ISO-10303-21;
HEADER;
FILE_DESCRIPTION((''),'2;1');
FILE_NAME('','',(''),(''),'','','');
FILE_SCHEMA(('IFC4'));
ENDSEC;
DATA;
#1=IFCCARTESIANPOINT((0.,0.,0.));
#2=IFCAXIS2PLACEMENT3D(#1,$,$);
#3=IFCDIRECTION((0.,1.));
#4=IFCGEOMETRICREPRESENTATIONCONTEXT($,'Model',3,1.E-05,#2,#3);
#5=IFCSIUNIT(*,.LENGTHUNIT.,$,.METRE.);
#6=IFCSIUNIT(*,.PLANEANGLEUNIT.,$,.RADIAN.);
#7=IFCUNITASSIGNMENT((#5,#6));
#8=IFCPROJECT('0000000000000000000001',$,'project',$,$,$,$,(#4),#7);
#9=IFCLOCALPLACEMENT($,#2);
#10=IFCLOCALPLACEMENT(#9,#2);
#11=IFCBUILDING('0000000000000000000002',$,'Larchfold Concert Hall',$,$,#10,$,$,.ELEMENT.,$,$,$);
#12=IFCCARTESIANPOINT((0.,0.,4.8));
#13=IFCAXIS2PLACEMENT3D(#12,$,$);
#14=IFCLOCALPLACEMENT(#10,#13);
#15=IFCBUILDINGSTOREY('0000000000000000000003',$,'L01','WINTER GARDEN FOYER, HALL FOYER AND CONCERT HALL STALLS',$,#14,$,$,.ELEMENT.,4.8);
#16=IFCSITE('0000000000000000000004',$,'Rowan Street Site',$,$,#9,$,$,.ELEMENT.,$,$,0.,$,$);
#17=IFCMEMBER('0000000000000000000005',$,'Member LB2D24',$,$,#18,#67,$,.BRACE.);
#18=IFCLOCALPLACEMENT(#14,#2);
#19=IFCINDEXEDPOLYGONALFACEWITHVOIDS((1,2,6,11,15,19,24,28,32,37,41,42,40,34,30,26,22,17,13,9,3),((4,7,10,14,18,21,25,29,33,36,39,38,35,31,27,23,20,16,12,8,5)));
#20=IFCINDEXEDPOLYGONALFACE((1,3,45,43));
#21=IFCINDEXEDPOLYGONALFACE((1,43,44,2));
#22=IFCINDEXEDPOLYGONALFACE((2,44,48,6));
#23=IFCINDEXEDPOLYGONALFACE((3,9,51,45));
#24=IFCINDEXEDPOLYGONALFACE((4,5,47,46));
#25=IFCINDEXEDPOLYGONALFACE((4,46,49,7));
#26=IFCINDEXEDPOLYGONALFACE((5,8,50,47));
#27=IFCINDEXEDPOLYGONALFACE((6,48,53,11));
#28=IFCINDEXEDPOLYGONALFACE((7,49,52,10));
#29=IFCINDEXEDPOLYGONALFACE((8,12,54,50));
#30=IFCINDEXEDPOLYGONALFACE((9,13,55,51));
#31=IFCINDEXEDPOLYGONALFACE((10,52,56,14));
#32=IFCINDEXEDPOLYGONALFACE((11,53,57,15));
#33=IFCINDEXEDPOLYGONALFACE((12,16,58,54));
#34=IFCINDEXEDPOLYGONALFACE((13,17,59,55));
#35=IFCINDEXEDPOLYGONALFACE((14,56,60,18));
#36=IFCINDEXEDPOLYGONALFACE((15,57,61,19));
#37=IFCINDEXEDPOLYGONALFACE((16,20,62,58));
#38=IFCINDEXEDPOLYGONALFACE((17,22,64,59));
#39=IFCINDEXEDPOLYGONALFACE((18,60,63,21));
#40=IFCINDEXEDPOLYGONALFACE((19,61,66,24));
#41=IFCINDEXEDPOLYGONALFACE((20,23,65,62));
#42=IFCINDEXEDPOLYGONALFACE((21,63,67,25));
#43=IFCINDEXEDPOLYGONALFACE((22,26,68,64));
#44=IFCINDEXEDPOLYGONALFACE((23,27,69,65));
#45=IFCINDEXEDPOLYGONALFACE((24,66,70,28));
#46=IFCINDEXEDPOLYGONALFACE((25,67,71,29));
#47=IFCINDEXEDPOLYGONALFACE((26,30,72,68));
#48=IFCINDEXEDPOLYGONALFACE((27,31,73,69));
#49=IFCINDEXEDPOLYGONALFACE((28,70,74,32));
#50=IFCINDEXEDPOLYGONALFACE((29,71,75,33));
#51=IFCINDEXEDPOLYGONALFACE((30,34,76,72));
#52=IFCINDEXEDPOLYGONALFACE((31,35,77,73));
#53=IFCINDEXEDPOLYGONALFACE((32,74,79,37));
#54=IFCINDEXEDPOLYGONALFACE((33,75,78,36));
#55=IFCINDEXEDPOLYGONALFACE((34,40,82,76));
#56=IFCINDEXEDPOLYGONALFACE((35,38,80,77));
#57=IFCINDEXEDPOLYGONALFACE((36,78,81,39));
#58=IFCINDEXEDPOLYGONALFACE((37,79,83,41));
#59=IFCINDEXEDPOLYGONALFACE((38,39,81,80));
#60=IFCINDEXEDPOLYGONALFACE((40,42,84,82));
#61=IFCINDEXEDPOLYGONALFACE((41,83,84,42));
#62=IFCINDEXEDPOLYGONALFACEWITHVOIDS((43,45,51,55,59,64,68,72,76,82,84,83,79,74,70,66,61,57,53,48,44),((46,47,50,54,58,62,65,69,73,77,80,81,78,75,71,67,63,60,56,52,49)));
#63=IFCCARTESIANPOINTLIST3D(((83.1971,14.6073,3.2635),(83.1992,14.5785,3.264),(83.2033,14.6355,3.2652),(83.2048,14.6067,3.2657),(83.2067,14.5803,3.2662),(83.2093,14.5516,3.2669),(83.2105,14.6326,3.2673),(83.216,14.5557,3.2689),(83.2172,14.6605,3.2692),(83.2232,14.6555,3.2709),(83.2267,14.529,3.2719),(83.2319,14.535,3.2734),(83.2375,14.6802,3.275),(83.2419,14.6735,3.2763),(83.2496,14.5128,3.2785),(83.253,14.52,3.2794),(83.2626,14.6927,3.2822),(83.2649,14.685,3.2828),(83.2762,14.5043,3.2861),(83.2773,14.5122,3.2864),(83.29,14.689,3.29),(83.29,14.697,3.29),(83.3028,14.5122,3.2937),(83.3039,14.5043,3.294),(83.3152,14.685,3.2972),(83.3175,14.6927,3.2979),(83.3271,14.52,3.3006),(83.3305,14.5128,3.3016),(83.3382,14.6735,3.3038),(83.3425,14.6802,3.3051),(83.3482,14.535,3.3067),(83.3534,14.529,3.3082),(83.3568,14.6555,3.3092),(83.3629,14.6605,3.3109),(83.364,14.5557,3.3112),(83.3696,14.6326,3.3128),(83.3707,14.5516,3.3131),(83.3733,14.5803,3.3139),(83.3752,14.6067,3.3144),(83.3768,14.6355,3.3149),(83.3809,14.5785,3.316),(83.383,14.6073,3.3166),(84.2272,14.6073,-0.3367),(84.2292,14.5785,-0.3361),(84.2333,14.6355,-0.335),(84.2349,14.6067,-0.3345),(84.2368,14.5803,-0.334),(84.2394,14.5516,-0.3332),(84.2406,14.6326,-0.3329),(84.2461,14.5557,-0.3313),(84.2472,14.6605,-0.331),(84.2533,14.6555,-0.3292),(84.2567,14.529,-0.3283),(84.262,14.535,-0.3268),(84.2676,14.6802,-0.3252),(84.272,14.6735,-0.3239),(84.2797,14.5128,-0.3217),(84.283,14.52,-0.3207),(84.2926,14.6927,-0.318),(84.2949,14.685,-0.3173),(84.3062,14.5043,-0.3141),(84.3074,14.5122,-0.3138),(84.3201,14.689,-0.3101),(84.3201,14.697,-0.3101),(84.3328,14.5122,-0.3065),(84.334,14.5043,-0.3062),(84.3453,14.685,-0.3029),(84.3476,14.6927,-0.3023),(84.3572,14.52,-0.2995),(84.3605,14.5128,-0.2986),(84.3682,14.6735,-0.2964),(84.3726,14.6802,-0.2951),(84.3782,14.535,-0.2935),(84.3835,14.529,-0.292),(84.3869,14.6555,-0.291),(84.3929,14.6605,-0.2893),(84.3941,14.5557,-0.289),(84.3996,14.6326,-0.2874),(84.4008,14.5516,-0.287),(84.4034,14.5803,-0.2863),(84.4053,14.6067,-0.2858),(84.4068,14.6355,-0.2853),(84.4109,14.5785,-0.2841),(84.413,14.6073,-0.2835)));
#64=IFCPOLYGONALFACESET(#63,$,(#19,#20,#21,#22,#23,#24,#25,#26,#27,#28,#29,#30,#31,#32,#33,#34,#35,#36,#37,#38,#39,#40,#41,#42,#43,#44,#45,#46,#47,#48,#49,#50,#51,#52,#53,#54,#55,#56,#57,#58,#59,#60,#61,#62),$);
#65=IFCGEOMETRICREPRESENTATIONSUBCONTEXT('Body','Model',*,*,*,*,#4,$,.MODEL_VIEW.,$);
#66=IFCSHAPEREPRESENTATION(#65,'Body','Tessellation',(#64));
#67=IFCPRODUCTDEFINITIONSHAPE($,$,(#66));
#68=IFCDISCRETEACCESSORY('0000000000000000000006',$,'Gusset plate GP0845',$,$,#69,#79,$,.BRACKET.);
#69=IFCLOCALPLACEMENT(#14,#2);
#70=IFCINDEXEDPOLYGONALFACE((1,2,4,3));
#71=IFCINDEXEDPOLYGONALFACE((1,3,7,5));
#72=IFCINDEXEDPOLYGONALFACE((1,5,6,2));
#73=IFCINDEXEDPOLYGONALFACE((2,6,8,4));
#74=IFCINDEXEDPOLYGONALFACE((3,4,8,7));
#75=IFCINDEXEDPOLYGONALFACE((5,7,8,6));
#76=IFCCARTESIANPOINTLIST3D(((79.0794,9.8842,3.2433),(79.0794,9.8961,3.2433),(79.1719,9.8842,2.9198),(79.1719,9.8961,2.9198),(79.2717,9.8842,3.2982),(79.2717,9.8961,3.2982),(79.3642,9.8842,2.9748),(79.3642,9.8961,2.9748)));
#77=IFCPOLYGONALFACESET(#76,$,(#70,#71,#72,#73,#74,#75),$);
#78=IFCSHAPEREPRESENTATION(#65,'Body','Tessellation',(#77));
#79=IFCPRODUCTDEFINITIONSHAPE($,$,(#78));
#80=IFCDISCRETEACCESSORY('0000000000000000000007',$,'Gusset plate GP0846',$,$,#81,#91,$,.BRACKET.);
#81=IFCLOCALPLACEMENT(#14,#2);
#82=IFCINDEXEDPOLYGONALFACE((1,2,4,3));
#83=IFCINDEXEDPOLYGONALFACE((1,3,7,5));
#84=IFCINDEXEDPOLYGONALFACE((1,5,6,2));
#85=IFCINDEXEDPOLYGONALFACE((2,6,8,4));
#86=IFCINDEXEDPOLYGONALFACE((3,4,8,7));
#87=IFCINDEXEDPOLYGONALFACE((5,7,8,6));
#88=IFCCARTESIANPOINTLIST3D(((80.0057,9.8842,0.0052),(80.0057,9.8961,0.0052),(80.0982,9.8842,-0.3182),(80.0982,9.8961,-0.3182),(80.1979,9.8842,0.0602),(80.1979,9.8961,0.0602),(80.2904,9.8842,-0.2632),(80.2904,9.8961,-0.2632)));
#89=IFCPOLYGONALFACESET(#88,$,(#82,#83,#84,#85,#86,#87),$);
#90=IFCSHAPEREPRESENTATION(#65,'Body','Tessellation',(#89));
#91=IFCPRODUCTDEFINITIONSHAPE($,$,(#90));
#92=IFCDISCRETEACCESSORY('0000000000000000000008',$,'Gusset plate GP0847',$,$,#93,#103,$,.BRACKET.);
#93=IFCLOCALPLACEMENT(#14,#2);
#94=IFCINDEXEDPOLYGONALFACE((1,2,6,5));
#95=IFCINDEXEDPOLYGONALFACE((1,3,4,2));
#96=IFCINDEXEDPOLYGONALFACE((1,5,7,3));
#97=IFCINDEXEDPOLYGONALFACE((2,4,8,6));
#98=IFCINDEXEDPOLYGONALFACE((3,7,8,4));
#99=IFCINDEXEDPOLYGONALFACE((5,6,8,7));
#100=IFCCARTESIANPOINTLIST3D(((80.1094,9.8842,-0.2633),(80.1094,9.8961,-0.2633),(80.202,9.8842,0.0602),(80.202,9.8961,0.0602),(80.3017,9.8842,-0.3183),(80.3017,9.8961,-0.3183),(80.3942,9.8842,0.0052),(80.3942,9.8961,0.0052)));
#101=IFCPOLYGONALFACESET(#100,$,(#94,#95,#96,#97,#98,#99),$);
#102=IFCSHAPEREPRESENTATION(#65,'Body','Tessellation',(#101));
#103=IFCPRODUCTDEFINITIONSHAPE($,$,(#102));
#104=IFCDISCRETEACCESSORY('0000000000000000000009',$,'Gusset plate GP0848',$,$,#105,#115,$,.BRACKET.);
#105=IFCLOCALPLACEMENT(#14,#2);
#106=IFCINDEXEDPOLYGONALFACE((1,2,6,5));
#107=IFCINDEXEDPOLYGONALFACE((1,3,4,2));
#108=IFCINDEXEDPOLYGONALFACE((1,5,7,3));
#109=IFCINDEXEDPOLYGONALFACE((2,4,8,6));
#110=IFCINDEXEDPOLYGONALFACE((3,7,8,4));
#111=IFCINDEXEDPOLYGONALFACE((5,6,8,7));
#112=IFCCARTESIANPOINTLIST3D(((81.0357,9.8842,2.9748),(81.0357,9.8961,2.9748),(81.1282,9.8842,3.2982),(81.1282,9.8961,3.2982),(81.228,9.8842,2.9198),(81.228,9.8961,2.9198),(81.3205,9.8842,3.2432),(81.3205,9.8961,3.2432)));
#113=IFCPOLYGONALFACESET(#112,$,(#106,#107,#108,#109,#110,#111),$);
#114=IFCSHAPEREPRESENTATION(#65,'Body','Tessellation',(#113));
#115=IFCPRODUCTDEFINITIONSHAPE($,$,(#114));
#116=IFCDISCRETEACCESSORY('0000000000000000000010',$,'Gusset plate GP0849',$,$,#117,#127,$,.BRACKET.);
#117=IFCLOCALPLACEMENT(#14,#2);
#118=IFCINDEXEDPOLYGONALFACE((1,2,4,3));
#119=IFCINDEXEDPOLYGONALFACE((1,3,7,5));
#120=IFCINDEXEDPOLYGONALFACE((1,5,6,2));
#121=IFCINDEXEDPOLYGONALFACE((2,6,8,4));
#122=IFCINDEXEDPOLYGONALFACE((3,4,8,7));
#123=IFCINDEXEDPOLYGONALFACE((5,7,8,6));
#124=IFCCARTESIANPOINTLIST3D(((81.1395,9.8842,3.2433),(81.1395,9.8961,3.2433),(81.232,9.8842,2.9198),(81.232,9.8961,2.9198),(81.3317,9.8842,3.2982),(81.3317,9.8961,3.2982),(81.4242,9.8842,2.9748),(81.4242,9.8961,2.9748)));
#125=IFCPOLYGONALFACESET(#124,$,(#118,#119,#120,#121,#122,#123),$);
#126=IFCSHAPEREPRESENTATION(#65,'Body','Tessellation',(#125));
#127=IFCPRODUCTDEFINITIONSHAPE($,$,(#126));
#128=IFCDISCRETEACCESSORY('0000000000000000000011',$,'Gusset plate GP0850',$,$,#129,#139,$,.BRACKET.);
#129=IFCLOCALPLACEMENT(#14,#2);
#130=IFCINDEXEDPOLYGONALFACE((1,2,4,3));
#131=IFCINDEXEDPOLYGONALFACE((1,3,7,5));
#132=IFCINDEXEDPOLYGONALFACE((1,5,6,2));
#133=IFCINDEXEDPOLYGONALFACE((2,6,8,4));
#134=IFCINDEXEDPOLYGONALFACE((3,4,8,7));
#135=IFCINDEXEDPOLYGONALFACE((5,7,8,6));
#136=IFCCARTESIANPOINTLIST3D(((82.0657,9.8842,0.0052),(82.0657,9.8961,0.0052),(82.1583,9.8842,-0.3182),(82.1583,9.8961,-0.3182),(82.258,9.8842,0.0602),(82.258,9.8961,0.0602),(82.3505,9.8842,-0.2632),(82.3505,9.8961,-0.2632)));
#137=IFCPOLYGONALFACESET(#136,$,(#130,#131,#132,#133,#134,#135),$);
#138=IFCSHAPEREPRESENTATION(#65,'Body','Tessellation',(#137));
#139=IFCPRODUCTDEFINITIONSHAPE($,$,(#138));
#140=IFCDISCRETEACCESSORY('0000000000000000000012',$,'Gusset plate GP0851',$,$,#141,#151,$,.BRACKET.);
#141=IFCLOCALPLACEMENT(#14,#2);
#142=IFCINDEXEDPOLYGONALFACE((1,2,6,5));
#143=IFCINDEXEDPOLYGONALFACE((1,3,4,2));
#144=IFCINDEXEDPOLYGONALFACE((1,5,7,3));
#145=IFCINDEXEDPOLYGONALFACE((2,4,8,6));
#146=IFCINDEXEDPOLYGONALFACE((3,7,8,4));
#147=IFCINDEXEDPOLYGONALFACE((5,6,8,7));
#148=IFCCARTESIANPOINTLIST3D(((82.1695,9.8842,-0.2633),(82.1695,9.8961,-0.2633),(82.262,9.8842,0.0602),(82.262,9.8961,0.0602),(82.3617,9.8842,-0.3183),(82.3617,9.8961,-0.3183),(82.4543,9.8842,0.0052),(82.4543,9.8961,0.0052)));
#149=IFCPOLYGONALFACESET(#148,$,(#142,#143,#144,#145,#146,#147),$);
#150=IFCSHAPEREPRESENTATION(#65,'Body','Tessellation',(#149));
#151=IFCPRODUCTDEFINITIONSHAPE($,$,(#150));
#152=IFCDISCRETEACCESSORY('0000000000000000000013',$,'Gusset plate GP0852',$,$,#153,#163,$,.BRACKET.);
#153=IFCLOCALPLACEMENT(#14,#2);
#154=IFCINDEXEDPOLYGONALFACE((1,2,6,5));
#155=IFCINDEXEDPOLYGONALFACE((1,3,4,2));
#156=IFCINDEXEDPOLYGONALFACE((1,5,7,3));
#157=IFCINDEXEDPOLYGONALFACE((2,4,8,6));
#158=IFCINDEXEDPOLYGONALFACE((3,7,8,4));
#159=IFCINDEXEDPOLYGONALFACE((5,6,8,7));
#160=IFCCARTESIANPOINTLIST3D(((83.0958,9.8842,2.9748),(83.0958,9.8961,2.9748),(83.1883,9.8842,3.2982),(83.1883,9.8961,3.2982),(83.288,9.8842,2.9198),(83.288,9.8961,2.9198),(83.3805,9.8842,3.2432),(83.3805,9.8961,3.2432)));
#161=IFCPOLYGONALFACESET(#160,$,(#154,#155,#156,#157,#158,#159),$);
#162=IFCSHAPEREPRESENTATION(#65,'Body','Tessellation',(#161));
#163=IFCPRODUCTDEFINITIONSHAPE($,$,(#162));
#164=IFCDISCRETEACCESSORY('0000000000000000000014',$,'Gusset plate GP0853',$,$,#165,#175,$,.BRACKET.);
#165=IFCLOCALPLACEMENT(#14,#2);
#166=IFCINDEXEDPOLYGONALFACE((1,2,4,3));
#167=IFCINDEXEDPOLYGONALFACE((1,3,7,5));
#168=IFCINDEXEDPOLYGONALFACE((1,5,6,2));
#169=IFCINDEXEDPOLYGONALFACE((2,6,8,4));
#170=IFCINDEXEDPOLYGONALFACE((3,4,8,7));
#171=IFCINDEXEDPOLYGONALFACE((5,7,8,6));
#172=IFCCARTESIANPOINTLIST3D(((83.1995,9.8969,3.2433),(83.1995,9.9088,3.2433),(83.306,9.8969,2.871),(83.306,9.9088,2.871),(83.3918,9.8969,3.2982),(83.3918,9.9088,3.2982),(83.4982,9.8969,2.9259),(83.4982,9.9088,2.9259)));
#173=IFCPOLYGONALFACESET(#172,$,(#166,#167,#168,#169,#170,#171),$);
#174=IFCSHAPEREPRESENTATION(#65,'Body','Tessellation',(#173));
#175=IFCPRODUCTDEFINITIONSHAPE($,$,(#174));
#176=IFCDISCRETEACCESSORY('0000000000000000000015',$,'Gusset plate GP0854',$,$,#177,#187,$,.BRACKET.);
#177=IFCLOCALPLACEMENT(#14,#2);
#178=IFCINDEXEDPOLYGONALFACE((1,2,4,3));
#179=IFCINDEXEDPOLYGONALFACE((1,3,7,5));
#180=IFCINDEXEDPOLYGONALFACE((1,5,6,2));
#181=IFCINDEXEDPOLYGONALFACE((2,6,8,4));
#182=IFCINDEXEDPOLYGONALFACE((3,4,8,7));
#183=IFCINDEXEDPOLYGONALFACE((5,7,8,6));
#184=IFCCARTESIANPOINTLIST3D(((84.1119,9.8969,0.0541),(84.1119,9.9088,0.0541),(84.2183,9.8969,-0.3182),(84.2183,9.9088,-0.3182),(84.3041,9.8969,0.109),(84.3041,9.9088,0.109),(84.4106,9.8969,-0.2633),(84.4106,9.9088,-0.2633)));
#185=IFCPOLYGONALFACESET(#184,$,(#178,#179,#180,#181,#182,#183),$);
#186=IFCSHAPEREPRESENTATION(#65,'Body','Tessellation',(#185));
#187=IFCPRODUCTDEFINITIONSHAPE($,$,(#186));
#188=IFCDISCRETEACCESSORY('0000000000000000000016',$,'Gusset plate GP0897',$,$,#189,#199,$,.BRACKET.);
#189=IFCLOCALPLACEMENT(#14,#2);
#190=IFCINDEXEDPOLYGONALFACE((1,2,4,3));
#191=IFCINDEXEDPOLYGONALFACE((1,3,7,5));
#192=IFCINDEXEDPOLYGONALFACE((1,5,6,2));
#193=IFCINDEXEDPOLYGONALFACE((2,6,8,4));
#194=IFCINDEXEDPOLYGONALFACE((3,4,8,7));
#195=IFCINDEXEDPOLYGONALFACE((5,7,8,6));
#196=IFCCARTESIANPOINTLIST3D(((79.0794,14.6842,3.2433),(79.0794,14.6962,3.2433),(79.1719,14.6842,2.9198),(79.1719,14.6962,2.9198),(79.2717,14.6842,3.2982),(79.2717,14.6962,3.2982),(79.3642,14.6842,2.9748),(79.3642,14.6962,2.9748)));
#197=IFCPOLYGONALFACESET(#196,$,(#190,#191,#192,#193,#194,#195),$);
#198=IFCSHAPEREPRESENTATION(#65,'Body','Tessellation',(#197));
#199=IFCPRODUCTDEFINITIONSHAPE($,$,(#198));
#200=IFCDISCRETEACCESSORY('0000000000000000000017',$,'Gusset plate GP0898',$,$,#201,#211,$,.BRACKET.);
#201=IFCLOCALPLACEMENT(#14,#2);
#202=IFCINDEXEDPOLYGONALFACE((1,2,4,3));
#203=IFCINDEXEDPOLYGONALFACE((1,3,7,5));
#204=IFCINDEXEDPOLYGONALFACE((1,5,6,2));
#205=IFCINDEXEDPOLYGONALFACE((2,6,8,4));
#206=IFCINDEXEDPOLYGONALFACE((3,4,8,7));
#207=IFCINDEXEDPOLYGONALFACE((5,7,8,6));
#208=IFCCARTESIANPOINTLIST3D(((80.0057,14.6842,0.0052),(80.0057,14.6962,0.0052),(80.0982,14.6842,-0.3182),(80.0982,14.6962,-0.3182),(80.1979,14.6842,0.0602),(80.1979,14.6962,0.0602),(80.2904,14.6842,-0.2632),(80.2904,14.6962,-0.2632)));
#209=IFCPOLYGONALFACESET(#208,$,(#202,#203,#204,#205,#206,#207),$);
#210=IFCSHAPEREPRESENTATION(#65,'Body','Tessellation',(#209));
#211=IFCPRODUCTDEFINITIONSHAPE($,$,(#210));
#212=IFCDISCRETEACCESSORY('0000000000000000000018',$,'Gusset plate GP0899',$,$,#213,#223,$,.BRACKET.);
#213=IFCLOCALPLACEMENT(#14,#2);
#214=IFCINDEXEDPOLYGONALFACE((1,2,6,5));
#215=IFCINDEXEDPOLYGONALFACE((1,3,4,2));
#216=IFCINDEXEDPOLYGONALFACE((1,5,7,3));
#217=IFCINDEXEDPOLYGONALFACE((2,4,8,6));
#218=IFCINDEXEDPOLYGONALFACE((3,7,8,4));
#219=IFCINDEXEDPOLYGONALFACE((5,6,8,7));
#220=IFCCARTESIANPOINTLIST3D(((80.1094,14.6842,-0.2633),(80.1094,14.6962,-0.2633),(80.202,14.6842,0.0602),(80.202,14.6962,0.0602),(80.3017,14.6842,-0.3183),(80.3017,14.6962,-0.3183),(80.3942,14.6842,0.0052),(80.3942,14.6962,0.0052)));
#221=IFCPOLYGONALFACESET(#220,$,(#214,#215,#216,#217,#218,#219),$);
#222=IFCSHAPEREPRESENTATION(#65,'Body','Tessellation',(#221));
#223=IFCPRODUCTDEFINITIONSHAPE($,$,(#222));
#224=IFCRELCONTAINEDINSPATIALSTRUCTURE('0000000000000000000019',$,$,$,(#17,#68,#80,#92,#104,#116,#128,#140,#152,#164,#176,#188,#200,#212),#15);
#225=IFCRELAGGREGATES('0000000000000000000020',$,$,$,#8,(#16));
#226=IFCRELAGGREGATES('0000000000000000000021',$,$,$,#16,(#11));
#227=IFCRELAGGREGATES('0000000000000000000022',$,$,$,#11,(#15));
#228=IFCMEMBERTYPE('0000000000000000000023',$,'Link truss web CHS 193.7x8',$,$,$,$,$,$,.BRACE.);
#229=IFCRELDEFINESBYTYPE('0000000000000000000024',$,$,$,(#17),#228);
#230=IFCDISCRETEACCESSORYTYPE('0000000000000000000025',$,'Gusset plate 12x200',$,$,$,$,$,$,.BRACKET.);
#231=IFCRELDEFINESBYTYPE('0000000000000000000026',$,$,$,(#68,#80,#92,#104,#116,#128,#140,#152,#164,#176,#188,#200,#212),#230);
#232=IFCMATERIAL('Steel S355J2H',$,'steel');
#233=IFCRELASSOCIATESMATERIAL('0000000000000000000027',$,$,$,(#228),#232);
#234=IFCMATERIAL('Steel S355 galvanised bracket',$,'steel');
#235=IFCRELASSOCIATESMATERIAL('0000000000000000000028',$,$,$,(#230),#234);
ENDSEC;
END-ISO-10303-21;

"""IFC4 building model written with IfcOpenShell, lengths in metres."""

from ifc_helpers import new_model, si_unit, direction, frame, origin, origin_2d, place, context, subcontext, project, spatial, rectangle, hollow_circle, extrude, material, material_profile, profile_set, type_object, element, save


model = new_model("IFC4")

# Units and contexts
model_context = context("Model", 3, precision=1e-05, world=origin(), true_north=direction((0.0, 1.0)))
body_context = subcontext(model_context, "Body", "Model", "MODEL_VIEW")
ifc_project = project(units=[si_unit("LENGTHUNIT", "METRE"), si_unit("PLANEANGLEUNIT", "RADIAN")], contexts=[model_context])

# Site, building, storey
site_placement = place(None, origin())
site = spatial("IfcSite", under=ifc_project, at=site_placement, Name="Rowan Street Site", CompositionType="ELEMENT", RefElevation=0.0)
building_placement = place(site_placement, origin())
building = spatial("IfcBuilding", under=site, at=building_placement, Name="Larchfold Concert Hall", CompositionType="ELEMENT")
storey_placement = place(building_placement, frame((0.0, 0.0, 4.8)))
storey = spatial("IfcBuildingStorey", under=building, at=storey_placement, Name="L01", Description="WINTER GARDEN FOYER, HALL FOYER AND CONCERT HALL STALLS", CompositionType="ELEMENT", Elevation=4.8)

# Member
ifc_material_1 = material(Name="Steel S355J2H", Category="steel")
ifc_material_profile_1 = material_profile(ifc_material_1, hollow_circle(Radius=0.0969, WallThickness=0.0081, at=origin_2d()))
ifc_profile_set_1 = profile_set([ifc_material_profile_1], Name="Steel S355J2H")
member_type_1 = type_object("IfcMemberType", Name="Link truss web CHS 193.7x8", PredefinedType="BRACE", material=ifc_profile_set_1)
for number, where, z_axis, x_axis, name in (
    (1, (83.29, 14.6001, 3.29), (0.275074, 0.0, -0.961423), (0.0, 1.0, 0.0), "Member LB2D24"),
):
    element("IfcMember", number, at=place(storey_placement, frame(where, z_axis=z_axis, x_axis=x_axis)), inside=storey, type_object=member_type_1, Name=name, PredefinedType="BRACE", context=body_context, shape_type="SweptSolid", body=[
        extrude(hollow_circle(Radius=0.0969, WallThickness=0.0081, at=origin_2d()), origin(), (0.0, 0.0, 1.0), 3.7446),
    ])

# Discrete accessories
ifc_material_2 = material(Name="Steel S355 galvanised bracket", Category="steel")
ifc_material_profile_2 = material_profile(ifc_material_2, rectangle(XDim=0.012, YDim=0.2, at=origin_2d()))
ifc_profile_set_2 = profile_set([ifc_material_profile_2], Name="Steel S355 galvanised bracket")
discrete_accessory_type_1 = type_object("IfcDiscreteAccessoryType", Name="Gusset plate 12x200", PredefinedType="BRACKET", material=ifc_profile_set_2)
for number, where, z_axis, x_axis, name in (
    (2, (79.1755, 9.8901, 3.2708), (0.275009, 0.0, -0.961442), (0.0, 1.0, 0.0), "Gusset plate GP0845"),
    (3, (80.1018, 9.8901, 0.0327), (0.275009, 0.0, -0.961442), (0.0, 1.0, 0.0), "Gusset plate GP0846"),
    (4, (80.2056, 9.8901, -0.2908), (0.275009, 0.0, 0.961442), (0.0, 1.0, 0.0), "Gusset plate GP0847"),
    (5, (81.1318, 9.8901, 2.9473), (0.275009, 0.0, 0.961442), (0.0, 1.0, 0.0), "Gusset plate GP0848"),
    (6, (81.2356, 9.8901, 3.2708), (0.275009, 0.0, -0.961442), (0.0, 1.0, 0.0), "Gusset plate GP0849"),
    (7, (82.1619, 9.8901, 0.0327), (0.275009, 0.0, -0.961442), (0.0, 1.0, 0.0), "Gusset plate GP0850"),
    (8, (82.2656, 9.8901, -0.2908), (0.275009, 0.0, 0.961442), (0.0, 1.0, 0.0), "Gusset plate GP0851"),
    (9, (83.1919, 9.8901, 2.9473), (0.275009, 0.0, 0.961442), (0.0, 1.0, 0.0), "Gusset plate GP0852"),
):
    element("IfcDiscreteAccessory", number, at=place(storey_placement, frame(where, z_axis=z_axis, x_axis=x_axis)), inside=storey, type_object=discrete_accessory_type_1, Name=name, PredefinedType="BRACKET", context=body_context, shape_type="SweptSolid", body=[
        extrude(rectangle(XDim=0.012, YDim=0.2, at=origin_2d()), origin(), (0.0, 0.0, 1.0), 0.3364),
    ])
for number, where, z_axis, x_axis, name in (
    (10, (83.2957, 9.9028, 3.2708), (0.274888, 0.0, -0.961476), (0.0, 1.0, 0.0), "Gusset plate GP0853"),
    (11, (84.208, 9.9028, 0.0815), (0.274888, 0.0, -0.961476), (0.0, 1.0, 0.0), "Gusset plate GP0854"),
):
    element("IfcDiscreteAccessory", number, at=place(storey_placement, frame(where, z_axis=z_axis, x_axis=x_axis)), inside=storey, type_object=discrete_accessory_type_1, Name=name, PredefinedType="BRACKET", context=body_context, shape_type="SweptSolid", body=[
        extrude(rectangle(XDim=0.012, YDim=0.2, at=origin_2d()), origin(), (0.0, 0.0, 1.0), 0.3872),
    ])
for number, where, z_axis, x_axis, name in (
    (12, (79.1755, 14.6902, 3.2708), (0.275009, 0.0, -0.961442), (0.0, 1.0, 0.0), "Gusset plate GP0897"),
    (13, (80.1018, 14.6902, 0.0327), (0.275009, 0.0, -0.961442), (0.0, 1.0, 0.0), "Gusset plate GP0898"),
    (14, (80.2056, 14.6902, -0.2908), (0.275009, 0.0, 0.961442), (0.0, 1.0, 0.0), "Gusset plate GP0899"),
):
    element("IfcDiscreteAccessory", number, at=place(storey_placement, frame(where, z_axis=z_axis, x_axis=x_axis)), inside=storey, type_object=discrete_accessory_type_1, Name=name, PredefinedType="BRACKET", context=body_context, shape_type="SweptSolid", body=[
        extrude(rectangle(XDim=0.012, YDim=0.2, at=origin_2d()), origin(), (0.0, 0.0, 1.0), 0.3364),
    ])

save(model, "model.ifc")
